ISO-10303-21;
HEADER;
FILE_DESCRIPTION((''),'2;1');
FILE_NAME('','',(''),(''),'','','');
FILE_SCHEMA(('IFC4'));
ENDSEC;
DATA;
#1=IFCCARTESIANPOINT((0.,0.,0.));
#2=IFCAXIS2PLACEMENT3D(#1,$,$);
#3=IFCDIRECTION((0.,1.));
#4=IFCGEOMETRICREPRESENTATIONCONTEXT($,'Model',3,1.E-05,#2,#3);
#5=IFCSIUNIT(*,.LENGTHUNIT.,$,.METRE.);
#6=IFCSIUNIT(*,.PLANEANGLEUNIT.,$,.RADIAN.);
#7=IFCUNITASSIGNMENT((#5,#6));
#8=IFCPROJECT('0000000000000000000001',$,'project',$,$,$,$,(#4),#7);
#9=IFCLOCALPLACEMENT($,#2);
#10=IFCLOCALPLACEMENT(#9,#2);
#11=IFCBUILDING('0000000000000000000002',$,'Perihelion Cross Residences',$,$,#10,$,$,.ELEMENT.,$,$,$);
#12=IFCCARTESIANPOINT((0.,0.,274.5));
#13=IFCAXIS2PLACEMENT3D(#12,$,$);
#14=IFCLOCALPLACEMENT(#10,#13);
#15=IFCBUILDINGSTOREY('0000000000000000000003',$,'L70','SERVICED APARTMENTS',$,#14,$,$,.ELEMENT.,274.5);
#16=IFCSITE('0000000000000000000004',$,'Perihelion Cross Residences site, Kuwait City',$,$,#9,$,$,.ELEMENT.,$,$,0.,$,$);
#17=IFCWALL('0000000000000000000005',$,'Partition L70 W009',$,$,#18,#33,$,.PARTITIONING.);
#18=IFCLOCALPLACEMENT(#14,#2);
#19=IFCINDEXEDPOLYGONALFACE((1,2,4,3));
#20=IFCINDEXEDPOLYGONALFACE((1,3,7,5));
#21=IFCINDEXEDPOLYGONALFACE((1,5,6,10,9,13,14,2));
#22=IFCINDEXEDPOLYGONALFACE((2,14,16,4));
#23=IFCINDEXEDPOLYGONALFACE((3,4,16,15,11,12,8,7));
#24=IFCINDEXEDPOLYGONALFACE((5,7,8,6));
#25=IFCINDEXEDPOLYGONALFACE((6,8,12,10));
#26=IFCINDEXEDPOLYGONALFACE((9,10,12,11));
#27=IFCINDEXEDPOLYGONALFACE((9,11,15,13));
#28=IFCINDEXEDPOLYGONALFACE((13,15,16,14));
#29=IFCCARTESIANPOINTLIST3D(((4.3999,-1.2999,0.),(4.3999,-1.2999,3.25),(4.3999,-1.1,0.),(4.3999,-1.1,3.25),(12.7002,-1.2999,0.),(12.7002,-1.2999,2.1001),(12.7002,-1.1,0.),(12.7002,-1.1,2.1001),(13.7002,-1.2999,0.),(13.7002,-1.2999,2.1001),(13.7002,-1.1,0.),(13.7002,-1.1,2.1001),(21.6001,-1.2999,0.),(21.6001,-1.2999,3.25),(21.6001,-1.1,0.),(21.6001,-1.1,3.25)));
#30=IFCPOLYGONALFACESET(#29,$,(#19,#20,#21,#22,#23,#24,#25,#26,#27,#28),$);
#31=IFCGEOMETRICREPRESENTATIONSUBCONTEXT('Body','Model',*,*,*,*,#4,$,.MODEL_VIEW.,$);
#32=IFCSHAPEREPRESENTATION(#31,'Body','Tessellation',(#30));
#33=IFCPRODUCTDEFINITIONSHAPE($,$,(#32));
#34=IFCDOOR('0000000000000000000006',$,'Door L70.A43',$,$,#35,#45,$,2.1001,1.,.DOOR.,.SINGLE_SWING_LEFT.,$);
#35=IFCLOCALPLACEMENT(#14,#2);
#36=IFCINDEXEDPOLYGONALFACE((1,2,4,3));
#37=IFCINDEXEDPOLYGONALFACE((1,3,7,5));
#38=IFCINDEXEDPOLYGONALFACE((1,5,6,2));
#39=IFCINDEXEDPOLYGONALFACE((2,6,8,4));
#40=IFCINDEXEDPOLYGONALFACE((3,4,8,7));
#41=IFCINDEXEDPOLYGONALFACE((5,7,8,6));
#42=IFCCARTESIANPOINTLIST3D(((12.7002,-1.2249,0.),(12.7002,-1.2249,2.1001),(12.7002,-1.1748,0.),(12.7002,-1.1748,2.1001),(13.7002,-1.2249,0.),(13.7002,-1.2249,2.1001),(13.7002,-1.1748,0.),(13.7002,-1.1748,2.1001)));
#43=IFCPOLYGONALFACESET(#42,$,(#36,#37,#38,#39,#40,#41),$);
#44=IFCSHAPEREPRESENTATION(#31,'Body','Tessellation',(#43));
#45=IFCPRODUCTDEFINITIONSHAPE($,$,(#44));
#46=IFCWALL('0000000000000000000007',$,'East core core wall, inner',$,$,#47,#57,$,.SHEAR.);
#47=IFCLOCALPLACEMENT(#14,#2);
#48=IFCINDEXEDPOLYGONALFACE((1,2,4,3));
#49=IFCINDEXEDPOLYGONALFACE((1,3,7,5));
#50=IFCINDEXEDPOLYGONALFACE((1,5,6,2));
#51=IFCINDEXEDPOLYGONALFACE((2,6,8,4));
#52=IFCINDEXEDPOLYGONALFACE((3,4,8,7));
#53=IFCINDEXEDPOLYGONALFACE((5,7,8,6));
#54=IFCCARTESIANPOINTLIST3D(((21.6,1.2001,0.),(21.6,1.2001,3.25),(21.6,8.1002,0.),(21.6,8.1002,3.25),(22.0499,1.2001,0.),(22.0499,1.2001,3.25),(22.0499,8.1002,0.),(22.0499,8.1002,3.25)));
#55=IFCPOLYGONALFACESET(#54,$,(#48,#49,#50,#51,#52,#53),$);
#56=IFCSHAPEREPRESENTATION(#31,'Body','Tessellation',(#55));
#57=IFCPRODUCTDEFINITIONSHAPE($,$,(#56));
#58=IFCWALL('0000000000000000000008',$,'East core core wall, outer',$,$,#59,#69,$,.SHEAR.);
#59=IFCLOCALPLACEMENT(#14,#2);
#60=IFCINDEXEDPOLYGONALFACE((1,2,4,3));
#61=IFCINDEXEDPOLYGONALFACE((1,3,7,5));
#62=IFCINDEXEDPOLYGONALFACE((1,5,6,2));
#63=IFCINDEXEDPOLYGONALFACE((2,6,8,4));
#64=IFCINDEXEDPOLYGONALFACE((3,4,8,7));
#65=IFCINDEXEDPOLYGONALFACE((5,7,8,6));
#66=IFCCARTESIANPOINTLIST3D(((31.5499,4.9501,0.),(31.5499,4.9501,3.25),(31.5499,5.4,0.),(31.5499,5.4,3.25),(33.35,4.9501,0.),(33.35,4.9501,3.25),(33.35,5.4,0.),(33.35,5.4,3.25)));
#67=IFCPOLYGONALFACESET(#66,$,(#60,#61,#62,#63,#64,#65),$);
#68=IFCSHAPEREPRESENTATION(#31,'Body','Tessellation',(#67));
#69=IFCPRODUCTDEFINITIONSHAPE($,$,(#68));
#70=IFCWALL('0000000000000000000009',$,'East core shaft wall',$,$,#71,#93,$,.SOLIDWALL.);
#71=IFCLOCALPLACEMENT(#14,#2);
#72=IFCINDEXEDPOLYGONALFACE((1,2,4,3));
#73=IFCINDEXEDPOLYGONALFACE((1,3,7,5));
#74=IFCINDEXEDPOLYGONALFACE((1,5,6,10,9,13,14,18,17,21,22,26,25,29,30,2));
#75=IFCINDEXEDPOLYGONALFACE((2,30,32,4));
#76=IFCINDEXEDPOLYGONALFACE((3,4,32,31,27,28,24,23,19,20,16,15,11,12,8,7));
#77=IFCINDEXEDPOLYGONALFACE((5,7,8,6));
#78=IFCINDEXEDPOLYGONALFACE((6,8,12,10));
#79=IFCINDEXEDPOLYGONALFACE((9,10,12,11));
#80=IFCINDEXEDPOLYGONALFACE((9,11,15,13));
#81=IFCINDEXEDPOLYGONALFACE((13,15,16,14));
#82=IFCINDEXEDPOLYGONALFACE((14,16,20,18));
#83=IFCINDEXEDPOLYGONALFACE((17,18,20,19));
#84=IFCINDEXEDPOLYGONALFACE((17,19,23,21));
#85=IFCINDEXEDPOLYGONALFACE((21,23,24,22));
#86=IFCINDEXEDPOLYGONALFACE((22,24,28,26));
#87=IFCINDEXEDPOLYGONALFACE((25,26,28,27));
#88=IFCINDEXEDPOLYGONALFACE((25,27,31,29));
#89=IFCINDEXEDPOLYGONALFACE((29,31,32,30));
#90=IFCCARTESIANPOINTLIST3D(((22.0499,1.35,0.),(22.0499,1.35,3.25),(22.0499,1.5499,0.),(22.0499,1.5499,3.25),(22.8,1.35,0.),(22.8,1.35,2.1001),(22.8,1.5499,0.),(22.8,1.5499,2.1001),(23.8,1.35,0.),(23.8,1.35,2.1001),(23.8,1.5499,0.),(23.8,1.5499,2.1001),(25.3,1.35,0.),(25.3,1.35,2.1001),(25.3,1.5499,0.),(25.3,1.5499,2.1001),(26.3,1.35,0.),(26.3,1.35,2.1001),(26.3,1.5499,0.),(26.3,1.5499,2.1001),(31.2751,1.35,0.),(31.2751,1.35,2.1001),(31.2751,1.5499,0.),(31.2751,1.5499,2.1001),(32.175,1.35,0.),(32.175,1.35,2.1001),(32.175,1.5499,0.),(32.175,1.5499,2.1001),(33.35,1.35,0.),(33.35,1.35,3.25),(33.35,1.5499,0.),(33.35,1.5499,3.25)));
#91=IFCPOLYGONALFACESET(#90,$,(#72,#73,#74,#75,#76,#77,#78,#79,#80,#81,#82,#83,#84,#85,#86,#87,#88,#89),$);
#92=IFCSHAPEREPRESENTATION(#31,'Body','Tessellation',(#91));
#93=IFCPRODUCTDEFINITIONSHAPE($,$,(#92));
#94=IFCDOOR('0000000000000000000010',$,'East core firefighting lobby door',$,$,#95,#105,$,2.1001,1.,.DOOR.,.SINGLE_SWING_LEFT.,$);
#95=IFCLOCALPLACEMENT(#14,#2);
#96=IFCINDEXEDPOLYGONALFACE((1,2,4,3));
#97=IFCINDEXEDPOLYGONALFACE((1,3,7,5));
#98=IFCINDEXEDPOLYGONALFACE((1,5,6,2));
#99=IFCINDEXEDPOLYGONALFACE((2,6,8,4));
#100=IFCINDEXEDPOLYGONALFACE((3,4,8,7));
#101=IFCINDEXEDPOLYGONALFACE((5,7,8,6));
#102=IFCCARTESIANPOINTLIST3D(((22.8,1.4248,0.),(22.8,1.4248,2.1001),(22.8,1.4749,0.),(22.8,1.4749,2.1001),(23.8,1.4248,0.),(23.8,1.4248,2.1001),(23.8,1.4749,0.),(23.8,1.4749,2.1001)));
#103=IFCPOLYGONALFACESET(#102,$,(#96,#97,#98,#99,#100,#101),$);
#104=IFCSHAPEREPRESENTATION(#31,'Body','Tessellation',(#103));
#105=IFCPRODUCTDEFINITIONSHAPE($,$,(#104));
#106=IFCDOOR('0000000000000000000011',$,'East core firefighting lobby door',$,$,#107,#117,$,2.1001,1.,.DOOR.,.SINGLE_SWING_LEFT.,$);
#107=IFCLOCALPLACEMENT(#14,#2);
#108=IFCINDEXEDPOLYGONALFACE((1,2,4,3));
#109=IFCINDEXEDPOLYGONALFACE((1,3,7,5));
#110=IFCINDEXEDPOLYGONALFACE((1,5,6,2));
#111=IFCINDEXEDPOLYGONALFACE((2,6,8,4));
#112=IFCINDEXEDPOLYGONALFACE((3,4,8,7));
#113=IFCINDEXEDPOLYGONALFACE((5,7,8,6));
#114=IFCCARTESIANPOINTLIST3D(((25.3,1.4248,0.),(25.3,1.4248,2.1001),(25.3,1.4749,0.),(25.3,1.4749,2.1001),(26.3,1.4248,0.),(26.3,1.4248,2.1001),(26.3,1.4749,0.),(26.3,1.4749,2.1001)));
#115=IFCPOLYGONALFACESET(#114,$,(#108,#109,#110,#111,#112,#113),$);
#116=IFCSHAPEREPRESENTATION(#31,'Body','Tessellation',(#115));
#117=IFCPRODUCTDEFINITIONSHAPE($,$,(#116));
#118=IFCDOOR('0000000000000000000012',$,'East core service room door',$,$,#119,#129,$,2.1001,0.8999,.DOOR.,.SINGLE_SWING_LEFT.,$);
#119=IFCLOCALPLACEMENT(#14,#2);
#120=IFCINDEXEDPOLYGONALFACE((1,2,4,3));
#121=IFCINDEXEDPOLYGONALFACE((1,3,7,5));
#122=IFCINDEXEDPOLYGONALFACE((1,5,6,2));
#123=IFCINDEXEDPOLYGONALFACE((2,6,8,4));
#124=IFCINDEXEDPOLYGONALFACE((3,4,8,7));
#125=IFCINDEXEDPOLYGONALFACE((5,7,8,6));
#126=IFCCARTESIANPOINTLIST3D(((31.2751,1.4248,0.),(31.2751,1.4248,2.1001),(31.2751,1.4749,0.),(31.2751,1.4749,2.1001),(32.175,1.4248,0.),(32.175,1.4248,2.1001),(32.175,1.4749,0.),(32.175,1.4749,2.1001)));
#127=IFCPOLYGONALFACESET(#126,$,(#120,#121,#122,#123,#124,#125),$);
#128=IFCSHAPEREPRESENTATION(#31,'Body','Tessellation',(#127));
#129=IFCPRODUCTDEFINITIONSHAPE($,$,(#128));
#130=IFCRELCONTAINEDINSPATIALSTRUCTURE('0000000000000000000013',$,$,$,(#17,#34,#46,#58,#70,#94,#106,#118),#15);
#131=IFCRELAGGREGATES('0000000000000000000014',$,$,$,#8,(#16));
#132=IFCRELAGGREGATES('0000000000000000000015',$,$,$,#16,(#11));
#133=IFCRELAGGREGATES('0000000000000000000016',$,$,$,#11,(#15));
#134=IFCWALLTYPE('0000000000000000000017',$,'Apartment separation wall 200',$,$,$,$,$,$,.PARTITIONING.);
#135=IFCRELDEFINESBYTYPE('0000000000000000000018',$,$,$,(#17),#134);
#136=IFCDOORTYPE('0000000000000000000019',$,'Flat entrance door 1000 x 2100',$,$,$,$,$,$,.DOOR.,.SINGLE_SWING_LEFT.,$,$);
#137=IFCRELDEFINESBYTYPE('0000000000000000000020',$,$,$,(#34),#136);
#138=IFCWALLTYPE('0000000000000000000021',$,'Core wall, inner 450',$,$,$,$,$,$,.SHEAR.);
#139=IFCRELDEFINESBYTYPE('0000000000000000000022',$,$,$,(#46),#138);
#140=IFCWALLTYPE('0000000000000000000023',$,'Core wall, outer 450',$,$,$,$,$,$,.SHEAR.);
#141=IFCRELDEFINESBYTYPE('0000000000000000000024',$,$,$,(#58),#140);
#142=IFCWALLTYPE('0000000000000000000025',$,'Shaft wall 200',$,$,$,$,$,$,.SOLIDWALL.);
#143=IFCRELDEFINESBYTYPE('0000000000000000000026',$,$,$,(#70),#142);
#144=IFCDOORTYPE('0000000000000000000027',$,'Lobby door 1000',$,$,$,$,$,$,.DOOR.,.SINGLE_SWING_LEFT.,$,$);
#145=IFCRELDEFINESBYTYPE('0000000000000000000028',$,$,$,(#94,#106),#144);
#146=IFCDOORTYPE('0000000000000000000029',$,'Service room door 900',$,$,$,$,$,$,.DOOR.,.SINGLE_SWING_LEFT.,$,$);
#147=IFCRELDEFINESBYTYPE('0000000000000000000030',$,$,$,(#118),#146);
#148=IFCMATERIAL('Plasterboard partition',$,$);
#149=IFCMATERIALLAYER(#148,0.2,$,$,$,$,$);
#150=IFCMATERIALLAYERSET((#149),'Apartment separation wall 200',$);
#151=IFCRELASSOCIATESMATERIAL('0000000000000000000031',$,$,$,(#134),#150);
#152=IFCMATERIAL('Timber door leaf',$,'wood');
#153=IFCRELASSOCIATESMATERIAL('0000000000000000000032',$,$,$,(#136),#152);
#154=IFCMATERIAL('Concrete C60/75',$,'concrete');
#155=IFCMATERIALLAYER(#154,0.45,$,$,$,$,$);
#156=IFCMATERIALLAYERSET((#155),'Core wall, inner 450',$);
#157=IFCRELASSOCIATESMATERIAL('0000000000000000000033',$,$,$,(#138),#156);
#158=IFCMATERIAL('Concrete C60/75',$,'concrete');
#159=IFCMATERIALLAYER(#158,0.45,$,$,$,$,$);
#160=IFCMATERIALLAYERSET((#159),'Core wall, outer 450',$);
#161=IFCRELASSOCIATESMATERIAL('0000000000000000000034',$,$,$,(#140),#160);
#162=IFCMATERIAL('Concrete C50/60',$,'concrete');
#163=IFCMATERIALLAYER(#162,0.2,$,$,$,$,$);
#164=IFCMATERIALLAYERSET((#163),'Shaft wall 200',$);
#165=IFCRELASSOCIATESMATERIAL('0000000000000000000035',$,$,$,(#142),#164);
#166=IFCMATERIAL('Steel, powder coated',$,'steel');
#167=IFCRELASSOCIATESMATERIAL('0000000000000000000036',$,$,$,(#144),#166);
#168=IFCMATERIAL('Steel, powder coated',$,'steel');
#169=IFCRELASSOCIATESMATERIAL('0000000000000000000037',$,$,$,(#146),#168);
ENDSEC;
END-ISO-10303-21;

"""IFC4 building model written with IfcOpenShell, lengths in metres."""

from ifc_helpers import new_model, si_unit, direction, frame, frame_2d, origin, place, context, subcontext, project, spatial, rectangle, extrude, material, layer, layer_set, type_object, element, fill, save


model = new_model("IFC4")

# Units and contexts
model_context = context("Model", 3, precision=1e-05, world=origin(), true_north=direction((0.0, 1.0)))
body_context = subcontext(model_context, "Body", "Model", "MODEL_VIEW")
ifc_project = project(units=[si_unit("LENGTHUNIT", "METRE"), si_unit("PLANEANGLEUNIT", "RADIAN")], contexts=[model_context])

# Site, building, storey
site_placement = place(None, origin())
site = spatial("IfcSite", under=ifc_project, at=site_placement, Name="Perihelion Cross Residences site, Kuwait City", CompositionType="ELEMENT", RefElevation=0.0)
building_placement = place(site_placement, origin())
building = spatial("IfcBuilding", under=site, at=building_placement, Name="Perihelion Cross Residences", CompositionType="ELEMENT")
storey_placement = place(building_placement, frame((0.0, 0.0, 274.5)))
storey = spatial("IfcBuildingStorey", under=building, at=storey_placement, Name="L70", Description="SERVICED APARTMENTS", CompositionType="ELEMENT", Elevation=274.5)

# Wall, opening, door
ifc_material_1 = material(Name="Plasterboard partition")
ifc_layer_1 = layer(ifc_material_1, 0.2)
ifc_layer_set_1 = layer_set([ifc_layer_1], Name="Apartment separation wall 200")
wall_type_1 = type_object("IfcWallType", Name="Apartment separation wall 200", PredefinedType="PARTITIONING", material=ifc_layer_set_1)
wall_1_placement = place(storey_placement, frame((21.6001, -1.2, 0.0), z_axis=(0.0, 0.0, 1.0), x_axis=(-1.0, 0.0, 0.0)))
wall_1 = element("IfcWall", 1, at=wall_1_placement, inside=storey, type_object=wall_type_1, Name="Partition L70 W009", PredefinedType="PARTITIONING", context=body_context, shape_type="SweptSolid", body=[
    extrude(rectangle(XDim=17.2002, YDim=0.2, at=frame_2d((8.6001, 0.0))), origin(), (0.0, 0.0, 1.0), 3.25),
])
opening_1_placement = place(wall_1_placement, frame((7.8999, 0.0, 0.0)))
opening_1 = element("IfcOpeningElement", 2, at=opening_1_placement, cuts=wall_1, PredefinedType="OPENING", context=body_context, shape_type="SweptSolid", body=[
    extrude(rectangle(XDim=1.0, YDim=2.1001, at=frame_2d((0.5, 1.05))), frame((0.0, 0.1099, 0.0), z_axis=(0.0, -1.0, 0.0), x_axis=(1.0, 0.0, 0.0)), (0.0, 0.0, 1.0), 0.22),
])
ifc_material_2 = material(Name="Timber door leaf", Category="wood")
door_type_1 = type_object("IfcDoorType", Name="Flat entrance door 1000 x 2100", OperationType="SINGLE_SWING_LEFT", PredefinedType="DOOR", material=ifc_material_2)
door_1_placement = place(opening_1_placement, origin())
door_1 = element("IfcDoor", 3, at=door_1_placement, inside=storey, type_object=door_type_1, Name="Door L70.A43", OperationType="SINGLE_SWING_LEFT", OverallHeight=2.1001, OverallWidth=1.0, PredefinedType="DOOR", context=body_context, shape_type="SweptSolid", body=[
    extrude(rectangle(XDim=1.0, YDim=2.1001, at=frame_2d((0.5, 1.05))), frame((0.0, 0.0249, 0.0), z_axis=(0.0, -1.0, 0.0), x_axis=(1.0, 0.0, 0.0)), (0.0, 0.0, 1.0), 0.05),
])
fill(opening_1, door_1)

# Walls
ifc_material_3 = material(Name="Concrete C60/75", Category="concrete")
ifc_layer_2 = layer(ifc_material_3, 0.45)
ifc_layer_set_2 = layer_set([ifc_layer_2], Name="Core wall, inner 450")
wall_type_2 = type_object("IfcWallType", Name="Core wall, inner 450", PredefinedType="SHEAR", material=ifc_layer_set_2)
wall_2_placement = place(storey_placement, frame((21.825, 1.2, 0.0), z_axis=(0.0, 0.0, 1.0), x_axis=(0.0, 1.0, 0.0)))
element("IfcWall", 4, at=wall_2_placement, inside=storey, type_object=wall_type_2, Name="East core core wall, inner", PredefinedType="SHEAR", context=body_context, shape_type="SweptSolid", body=[
    extrude(rectangle(XDim=6.9001, YDim=0.45, at=frame_2d((3.4502, 0.0))), origin(), (0.0, 0.0, 1.0), 3.25),
])
ifc_material_4 = material(Name="Concrete C60/75", Category="concrete")
ifc_layer_3 = layer(ifc_material_4, 0.45)
ifc_layer_set_3 = layer_set([ifc_layer_3], Name="Core wall, outer 450")
wall_type_3 = type_object("IfcWallType", Name="Core wall, outer 450", PredefinedType="SHEAR", material=ifc_layer_set_3)
wall_3_placement = place(storey_placement, frame((31.55, 5.175, 0.0), z_axis=(0.0, 0.0, 1.0), x_axis=(1.0, 0.0, 0.0)))
element("IfcWall", 5, at=wall_3_placement, inside=storey, type_object=wall_type_3, Name="East core core wall, outer", PredefinedType="SHEAR", context=body_context, shape_type="SweptSolid", body=[
    extrude(rectangle(XDim=1.8, YDim=0.45, at=frame_2d((0.8999, 0.0))), origin(), (0.0, 0.0, 1.0), 3.25),
])

# Wall, openings, doors
ifc_material_5 = material(Name="Concrete C50/60", Category="concrete")
ifc_layer_4 = layer(ifc_material_5, 0.2)
ifc_layer_set_4 = layer_set([ifc_layer_4], Name="Shaft wall 200")
wall_type_4 = type_object("IfcWallType", Name="Shaft wall 200", PredefinedType="SOLIDWALL", material=ifc_layer_set_4)
wall_4_placement = place(storey_placement, frame((22.05, 1.45, 0.0), z_axis=(0.0, 0.0, 1.0), x_axis=(1.0, 0.0, 0.0)))
wall_4 = element("IfcWall", 6, at=wall_4_placement, inside=storey, type_object=wall_type_4, Name="East core shaft wall", PredefinedType="SOLIDWALL", context=body_context, shape_type="SweptSolid", body=[
    extrude(rectangle(XDim=11.3, YDim=0.2, at=frame_2d((5.6499, 0.0))), origin(), (0.0, 0.0, 1.0), 3.25),
])
opening_2_placement = place(wall_4_placement, frame((0.75, 0.0, 0.0)))
opening_2 = element("IfcOpeningElement", 7, at=opening_2_placement, cuts=wall_4, PredefinedType="OPENING", context=body_context, shape_type="SweptSolid", body=[
    extrude(rectangle(XDim=1.0, YDim=2.1001, at=frame_2d((0.5, 1.05))), frame((0.0, 0.1099, 0.0), z_axis=(0.0, -1.0, 0.0), x_axis=(1.0, 0.0, 0.0)), (0.0, 0.0, 1.0), 0.22),
])
opening_3_placement = place(wall_4_placement, frame((3.25, 0.0, 0.0)))
opening_3 = element("IfcOpeningElement", 8, at=opening_3_placement, cuts=wall_4, PredefinedType="OPENING", context=body_context, shape_type="SweptSolid", body=[
    extrude(rectangle(XDim=1.0, YDim=2.1001, at=frame_2d((0.5, 1.05))), frame((0.0, 0.1099, 0.0), z_axis=(0.0, -1.0, 0.0), x_axis=(1.0, 0.0, 0.0)), (0.0, 0.0, 1.0), 0.22),
])
opening_4_placement = place(wall_4_placement, frame((9.2251, 0.0, 0.0)))
opening_4 = element("IfcOpeningElement", 9, at=opening_4_placement, cuts=wall_4, PredefinedType="OPENING", context=body_context, shape_type="SweptSolid", body=[
    extrude(rectangle(XDim=0.8999, YDim=2.1001, at=frame_2d((0.45, 1.05))), frame((0.0, 0.1099, 0.0), z_axis=(0.0, -1.0, 0.0), x_axis=(1.0, 0.0, 0.0)), (0.0, 0.0, 1.0), 0.22),
])
ifc_material_6 = material(Name="Steel, powder coated", Category="steel")
door_type_2 = type_object("IfcDoorType", Name="Lobby door 1000", OperationType="SINGLE_SWING_LEFT", PredefinedType="DOOR", material=ifc_material_6)
door_2_placement = place(opening_2_placement, origin())
door_2 = element("IfcDoor", 10, at=door_2_placement, inside=storey, type_object=door_type_2, Name="East core firefighting lobby door", OperationType="SINGLE_SWING_LEFT", OverallHeight=2.1001, OverallWidth=1.0, PredefinedType="DOOR", context=body_context, shape_type="SweptSolid", body=[
    extrude(rectangle(XDim=1.0, YDim=2.1001, at=frame_2d((0.5, 1.05))), frame((0.0, 0.0249, 0.0), z_axis=(0.0, -1.0, 0.0), x_axis=(1.0, 0.0, 0.0)), (0.0, 0.0, 1.0), 0.05),
])
fill(opening_2, door_2)
door_3_placement = place(opening_3_placement, origin())
door_3 = element("IfcDoor", 11, at=door_3_placement, inside=storey, type_object=door_type_2, Name="East core firefighting lobby door", OperationType="SINGLE_SWING_LEFT", OverallHeight=2.1001, OverallWidth=1.0, PredefinedType="DOOR", context=body_context, shape_type="SweptSolid", body=[
    extrude(rectangle(XDim=1.0, YDim=2.1001, at=frame_2d((0.5, 1.05))), frame((0.0, 0.0249, 0.0), z_axis=(0.0, -1.0, 0.0), x_axis=(1.0, 0.0, 0.0)), (0.0, 0.0, 1.0), 0.05),
])
fill(opening_3, door_3)
ifc_material_7 = material(Name="Steel, powder coated", Category="steel")
door_type_3 = type_object("IfcDoorType", Name="Service room door 900", OperationType="SINGLE_SWING_LEFT", PredefinedType="DOOR", material=ifc_material_7)
door_4_placement = place(opening_4_placement, origin())
door_4 = element("IfcDoor", 12, at=door_4_placement, inside=storey, type_object=door_type_3, Name="East core service room door", OperationType="SINGLE_SWING_LEFT", OverallHeight=2.1001, OverallWidth=0.8999, PredefinedType="DOOR", context=body_context, shape_type="SweptSolid", body=[
    extrude(rectangle(XDim=0.8999, YDim=2.1001, at=frame_2d((0.45, 1.05))), frame((0.0, 0.0249, 0.0), z_axis=(0.0, -1.0, 0.0), x_axis=(1.0, 0.0, 0.0)), (0.0, 0.0, 1.0), 0.05),
])
fill(opening_4, door_4)

save(model, "model.ifc")
